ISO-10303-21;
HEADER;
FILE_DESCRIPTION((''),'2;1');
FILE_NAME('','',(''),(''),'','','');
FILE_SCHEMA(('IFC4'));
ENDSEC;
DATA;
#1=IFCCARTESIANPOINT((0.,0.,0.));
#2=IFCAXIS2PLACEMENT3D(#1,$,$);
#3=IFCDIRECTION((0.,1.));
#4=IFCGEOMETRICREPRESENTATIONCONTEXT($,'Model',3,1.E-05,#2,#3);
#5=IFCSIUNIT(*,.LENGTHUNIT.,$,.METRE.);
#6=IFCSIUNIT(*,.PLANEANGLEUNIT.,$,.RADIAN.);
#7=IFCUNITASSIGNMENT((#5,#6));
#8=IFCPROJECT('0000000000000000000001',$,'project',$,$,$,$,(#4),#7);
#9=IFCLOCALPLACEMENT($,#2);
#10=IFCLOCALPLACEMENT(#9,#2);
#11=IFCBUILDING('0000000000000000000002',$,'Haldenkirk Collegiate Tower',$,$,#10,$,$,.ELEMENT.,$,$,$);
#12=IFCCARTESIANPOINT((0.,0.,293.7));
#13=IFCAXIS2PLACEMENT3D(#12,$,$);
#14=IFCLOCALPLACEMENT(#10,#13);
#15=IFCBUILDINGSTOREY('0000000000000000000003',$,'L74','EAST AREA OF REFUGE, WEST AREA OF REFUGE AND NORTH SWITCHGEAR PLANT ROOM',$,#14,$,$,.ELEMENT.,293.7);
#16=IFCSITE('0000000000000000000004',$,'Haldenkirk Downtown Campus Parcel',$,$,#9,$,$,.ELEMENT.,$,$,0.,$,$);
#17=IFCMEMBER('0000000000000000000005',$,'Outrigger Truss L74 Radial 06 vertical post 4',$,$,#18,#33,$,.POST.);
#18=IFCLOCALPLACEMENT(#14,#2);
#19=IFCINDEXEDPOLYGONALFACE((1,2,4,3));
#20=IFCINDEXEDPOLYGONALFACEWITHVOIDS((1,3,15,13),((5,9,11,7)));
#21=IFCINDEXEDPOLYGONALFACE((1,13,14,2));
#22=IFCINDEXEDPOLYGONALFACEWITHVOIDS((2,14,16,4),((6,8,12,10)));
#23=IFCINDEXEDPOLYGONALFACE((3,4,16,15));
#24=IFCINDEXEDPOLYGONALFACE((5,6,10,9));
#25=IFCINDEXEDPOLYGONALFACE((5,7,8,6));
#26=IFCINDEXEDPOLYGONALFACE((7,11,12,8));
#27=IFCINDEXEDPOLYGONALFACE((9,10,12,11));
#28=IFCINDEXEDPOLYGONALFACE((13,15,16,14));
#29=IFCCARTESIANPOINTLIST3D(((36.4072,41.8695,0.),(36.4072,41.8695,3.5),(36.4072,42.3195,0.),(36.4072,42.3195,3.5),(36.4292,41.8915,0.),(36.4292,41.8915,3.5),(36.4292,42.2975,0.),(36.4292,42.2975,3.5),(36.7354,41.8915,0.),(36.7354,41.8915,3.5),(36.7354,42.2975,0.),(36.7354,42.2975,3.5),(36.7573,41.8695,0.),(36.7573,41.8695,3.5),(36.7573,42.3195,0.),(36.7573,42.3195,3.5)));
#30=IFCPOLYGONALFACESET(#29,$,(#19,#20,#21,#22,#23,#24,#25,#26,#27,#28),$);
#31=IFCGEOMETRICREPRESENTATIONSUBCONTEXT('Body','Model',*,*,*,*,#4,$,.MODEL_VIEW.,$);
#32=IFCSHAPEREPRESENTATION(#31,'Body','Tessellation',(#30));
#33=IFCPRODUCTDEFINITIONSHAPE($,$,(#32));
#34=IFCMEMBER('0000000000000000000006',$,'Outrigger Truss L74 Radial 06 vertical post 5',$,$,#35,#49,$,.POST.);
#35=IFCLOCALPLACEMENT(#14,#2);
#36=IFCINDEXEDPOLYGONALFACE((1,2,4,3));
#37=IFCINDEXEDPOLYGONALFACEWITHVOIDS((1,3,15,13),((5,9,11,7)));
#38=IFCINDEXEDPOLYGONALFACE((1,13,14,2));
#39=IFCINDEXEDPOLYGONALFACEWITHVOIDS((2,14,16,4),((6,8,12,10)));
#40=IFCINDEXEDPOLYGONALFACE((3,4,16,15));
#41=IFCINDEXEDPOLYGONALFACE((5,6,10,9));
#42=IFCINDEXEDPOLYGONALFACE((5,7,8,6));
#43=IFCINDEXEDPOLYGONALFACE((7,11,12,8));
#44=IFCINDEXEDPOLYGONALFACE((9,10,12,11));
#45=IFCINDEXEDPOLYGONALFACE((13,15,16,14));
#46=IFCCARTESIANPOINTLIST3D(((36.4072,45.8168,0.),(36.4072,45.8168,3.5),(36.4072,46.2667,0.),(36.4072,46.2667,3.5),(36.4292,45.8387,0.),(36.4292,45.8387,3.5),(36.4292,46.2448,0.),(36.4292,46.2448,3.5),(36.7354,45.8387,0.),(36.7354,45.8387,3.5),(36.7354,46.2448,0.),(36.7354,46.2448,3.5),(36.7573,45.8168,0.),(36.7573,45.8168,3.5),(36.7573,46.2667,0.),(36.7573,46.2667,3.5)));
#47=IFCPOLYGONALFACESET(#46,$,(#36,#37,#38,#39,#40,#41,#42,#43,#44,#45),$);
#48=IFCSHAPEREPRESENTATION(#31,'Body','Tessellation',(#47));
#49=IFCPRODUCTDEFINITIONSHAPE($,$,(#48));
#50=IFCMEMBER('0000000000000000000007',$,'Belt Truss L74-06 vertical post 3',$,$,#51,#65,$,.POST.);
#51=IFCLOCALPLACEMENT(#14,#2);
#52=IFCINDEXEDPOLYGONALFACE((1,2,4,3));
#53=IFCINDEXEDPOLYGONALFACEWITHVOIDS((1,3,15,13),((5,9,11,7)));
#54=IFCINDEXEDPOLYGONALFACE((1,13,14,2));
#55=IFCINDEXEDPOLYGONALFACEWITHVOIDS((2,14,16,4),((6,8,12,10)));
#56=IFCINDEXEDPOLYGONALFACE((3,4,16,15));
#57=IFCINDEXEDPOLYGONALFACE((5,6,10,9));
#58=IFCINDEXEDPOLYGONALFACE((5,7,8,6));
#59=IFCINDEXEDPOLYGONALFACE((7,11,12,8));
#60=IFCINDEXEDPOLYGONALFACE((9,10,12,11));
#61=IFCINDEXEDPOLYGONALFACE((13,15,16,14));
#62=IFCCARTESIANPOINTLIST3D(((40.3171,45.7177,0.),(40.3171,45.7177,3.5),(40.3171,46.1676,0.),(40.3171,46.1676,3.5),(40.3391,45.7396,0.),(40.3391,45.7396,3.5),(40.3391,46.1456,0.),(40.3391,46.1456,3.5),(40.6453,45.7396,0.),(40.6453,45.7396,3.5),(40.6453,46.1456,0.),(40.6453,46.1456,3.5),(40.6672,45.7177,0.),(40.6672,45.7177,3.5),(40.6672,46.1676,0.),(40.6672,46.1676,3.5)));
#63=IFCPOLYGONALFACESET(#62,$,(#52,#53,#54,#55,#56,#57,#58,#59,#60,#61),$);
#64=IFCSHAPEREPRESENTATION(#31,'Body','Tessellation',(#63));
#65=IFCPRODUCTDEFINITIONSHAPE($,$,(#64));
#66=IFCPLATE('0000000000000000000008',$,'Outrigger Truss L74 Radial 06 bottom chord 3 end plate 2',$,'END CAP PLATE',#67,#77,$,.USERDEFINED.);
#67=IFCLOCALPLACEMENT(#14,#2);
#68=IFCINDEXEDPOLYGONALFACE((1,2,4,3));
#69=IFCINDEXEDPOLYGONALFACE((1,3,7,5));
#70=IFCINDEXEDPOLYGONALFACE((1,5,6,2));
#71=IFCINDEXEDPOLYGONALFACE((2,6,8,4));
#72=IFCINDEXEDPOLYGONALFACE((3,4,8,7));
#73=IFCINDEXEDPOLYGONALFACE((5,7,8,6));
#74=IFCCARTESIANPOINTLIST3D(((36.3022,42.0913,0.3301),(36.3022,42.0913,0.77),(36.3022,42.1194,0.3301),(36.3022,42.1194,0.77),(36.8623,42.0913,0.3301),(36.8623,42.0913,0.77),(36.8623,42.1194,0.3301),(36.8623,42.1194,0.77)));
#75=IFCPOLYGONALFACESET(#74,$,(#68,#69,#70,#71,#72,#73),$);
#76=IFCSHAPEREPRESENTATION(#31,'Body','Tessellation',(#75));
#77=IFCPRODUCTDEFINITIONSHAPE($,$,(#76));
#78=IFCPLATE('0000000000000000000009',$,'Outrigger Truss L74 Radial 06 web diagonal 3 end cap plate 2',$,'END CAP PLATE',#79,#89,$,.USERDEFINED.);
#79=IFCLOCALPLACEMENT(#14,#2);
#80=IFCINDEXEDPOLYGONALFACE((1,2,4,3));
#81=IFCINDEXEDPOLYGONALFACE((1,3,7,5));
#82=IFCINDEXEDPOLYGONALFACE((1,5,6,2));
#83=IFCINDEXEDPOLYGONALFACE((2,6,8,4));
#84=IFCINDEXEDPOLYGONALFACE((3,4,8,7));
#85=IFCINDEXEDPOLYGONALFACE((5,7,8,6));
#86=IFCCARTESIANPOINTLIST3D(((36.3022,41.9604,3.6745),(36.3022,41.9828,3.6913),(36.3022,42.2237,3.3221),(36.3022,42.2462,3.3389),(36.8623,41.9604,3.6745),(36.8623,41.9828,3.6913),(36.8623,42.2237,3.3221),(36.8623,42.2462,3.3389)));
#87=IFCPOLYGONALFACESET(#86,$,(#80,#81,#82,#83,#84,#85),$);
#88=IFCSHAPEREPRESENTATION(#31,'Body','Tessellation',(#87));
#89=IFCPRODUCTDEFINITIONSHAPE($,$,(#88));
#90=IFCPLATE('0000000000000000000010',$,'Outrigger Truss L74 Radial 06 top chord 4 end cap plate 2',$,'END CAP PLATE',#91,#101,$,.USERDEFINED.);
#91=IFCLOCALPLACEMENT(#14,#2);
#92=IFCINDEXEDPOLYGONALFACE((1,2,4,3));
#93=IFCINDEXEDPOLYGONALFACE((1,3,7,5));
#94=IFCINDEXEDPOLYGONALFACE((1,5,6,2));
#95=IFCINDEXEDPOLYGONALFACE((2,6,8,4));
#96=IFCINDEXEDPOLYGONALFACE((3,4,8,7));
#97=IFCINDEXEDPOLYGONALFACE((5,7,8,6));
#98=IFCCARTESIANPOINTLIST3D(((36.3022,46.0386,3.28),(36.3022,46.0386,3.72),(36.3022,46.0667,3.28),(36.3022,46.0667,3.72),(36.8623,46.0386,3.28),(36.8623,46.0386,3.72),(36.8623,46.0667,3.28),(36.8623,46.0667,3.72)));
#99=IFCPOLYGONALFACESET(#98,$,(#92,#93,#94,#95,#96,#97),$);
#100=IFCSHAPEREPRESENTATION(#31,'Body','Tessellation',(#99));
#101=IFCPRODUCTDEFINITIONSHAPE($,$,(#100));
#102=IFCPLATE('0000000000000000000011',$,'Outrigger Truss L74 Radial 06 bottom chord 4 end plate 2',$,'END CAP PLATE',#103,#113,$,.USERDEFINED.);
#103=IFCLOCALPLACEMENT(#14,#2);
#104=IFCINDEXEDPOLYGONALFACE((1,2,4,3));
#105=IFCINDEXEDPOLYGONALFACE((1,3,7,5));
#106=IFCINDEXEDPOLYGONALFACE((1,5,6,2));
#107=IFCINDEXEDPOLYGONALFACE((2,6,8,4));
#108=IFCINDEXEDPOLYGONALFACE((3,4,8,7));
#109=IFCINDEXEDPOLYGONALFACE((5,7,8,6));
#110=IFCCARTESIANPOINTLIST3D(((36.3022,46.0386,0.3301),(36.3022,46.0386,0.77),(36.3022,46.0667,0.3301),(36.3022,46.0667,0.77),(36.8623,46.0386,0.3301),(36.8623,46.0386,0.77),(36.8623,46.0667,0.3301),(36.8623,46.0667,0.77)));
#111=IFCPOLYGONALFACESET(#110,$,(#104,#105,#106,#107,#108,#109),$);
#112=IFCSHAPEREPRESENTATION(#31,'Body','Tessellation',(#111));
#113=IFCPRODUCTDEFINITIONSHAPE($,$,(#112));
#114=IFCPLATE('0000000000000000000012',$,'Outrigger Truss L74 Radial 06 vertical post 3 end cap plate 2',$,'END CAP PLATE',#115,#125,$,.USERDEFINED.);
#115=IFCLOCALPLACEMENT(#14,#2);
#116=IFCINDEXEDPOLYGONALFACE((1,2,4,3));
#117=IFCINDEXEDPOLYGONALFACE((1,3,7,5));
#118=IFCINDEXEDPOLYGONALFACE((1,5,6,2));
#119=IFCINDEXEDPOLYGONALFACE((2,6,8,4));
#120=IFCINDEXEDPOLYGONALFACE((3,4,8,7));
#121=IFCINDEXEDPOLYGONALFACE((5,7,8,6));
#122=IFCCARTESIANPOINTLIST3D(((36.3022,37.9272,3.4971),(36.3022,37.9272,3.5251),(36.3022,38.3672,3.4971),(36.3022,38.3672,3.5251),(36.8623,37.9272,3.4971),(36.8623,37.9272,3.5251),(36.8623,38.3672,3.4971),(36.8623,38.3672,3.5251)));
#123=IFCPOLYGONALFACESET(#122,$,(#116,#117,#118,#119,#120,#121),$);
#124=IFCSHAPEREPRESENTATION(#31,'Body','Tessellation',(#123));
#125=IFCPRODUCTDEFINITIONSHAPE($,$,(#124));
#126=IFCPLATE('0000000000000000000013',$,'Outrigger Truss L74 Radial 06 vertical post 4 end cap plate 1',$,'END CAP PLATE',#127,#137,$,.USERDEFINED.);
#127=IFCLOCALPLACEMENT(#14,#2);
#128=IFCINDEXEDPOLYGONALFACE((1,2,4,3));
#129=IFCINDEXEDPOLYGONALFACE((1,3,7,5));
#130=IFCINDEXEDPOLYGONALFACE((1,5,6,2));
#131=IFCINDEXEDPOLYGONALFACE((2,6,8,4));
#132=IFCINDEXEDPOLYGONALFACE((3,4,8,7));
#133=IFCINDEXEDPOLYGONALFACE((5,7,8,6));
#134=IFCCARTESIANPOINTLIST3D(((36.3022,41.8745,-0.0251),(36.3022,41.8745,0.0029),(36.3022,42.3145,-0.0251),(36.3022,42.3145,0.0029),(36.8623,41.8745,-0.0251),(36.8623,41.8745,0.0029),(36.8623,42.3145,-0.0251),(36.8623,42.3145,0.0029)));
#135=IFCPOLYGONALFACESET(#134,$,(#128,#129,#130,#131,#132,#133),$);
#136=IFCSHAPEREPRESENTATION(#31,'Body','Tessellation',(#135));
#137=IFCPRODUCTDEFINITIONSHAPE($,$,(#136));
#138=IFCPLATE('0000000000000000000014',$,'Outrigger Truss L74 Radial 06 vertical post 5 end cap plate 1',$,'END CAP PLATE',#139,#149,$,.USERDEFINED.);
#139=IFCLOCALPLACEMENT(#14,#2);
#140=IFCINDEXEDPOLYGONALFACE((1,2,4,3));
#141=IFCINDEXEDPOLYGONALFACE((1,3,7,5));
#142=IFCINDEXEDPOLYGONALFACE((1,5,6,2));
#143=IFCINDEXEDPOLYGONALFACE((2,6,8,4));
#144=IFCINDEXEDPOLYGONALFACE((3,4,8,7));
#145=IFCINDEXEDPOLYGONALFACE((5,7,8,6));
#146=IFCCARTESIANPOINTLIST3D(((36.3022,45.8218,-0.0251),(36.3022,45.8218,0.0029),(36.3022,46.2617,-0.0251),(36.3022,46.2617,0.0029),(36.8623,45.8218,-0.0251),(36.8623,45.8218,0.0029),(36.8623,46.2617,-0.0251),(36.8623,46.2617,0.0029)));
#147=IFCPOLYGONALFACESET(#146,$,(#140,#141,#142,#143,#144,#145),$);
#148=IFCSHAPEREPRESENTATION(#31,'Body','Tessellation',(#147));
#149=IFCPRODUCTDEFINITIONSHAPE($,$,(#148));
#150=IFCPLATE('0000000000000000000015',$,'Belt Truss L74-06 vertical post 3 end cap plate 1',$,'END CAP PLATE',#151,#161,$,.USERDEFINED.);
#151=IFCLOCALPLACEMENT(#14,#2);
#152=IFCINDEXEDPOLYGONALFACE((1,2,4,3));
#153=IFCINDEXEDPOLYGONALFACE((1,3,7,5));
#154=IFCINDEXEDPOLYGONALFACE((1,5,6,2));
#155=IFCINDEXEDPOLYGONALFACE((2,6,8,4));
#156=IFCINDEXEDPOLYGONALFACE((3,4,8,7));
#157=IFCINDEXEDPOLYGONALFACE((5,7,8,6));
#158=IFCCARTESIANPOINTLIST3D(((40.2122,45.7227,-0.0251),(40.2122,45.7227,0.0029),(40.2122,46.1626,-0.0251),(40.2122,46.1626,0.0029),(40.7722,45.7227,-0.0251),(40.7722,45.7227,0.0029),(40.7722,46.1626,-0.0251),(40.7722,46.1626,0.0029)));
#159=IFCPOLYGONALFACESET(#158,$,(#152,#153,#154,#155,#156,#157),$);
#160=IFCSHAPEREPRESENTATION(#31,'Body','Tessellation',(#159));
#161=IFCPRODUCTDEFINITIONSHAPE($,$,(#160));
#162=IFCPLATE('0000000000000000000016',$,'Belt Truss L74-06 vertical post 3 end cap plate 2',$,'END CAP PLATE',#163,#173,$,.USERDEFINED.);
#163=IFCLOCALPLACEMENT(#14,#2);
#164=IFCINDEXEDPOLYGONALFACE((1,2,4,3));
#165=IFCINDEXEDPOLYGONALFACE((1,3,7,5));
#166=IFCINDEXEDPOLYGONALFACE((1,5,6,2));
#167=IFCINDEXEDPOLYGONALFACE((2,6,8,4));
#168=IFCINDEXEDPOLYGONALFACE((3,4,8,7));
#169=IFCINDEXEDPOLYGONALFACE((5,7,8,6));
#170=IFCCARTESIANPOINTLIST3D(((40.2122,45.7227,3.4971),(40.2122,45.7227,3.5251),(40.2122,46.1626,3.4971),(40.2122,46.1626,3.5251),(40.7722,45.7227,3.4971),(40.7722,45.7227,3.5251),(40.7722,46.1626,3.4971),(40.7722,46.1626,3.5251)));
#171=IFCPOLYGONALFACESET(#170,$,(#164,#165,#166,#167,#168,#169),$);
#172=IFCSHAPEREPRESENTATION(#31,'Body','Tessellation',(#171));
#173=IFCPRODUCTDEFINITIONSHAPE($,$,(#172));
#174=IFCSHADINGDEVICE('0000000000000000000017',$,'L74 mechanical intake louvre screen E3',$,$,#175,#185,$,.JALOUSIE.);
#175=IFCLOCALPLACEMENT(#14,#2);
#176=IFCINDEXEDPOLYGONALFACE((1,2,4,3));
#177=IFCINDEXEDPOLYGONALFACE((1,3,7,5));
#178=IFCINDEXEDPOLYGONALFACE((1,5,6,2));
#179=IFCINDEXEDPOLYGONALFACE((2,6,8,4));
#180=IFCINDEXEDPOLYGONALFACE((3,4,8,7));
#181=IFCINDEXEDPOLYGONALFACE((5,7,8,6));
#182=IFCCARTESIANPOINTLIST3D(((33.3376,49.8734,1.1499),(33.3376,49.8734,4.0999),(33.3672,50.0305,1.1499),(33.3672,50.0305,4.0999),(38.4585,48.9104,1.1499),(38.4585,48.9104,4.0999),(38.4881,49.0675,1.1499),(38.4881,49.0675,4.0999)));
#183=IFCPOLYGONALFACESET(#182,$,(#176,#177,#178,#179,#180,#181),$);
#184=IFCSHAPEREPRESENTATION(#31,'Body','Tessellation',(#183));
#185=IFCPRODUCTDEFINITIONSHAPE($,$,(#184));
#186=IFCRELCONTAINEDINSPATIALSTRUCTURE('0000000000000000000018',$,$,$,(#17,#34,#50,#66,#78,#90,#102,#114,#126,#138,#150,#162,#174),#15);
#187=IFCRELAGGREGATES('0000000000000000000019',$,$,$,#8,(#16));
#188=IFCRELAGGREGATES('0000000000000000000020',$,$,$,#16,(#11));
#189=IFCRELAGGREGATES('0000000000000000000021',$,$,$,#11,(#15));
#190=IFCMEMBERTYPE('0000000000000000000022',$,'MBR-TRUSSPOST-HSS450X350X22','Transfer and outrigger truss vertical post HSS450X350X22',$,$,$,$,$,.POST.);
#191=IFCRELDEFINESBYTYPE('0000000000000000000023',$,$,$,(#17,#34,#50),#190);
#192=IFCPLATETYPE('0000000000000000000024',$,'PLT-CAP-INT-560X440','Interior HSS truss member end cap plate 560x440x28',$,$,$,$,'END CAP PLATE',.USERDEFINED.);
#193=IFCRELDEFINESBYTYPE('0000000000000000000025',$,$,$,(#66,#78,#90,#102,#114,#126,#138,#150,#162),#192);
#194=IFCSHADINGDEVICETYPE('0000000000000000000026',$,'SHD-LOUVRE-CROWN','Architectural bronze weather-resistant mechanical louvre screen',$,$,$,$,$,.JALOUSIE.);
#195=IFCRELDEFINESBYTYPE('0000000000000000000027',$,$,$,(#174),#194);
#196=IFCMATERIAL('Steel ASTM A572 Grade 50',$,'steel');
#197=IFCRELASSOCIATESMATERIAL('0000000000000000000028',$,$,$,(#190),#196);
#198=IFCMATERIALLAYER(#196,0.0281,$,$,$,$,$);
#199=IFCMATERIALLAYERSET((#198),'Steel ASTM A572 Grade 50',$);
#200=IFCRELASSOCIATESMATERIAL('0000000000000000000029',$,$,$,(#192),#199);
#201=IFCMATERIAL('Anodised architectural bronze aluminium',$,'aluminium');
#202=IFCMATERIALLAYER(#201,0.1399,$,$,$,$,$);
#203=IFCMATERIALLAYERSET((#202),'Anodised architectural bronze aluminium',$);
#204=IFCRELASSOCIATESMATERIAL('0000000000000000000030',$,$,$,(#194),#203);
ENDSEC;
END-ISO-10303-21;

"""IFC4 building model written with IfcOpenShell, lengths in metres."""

from ifc_helpers import new_model, si_unit, direction, frame, origin, origin_2d, place, context, subcontext, project, spatial, rectangle, hollow_rectangle, extrude, source, transform, mapped, material, layer, layer_set, material_profile, profile_set, type_object, element, save


model = new_model("IFC4")

# Units and contexts
model_context = context("Model", 3, precision=1e-05, world=origin(), true_north=direction((0.0, 1.0)))
body_context = subcontext(model_context, "Body", "Model", "MODEL_VIEW")
ifc_project = project(units=[si_unit("LENGTHUNIT", "METRE"), si_unit("PLANEANGLEUNIT", "RADIAN")], contexts=[model_context])

# Site, building, storey
site_placement = place(None, origin())
site = spatial("IfcSite", under=ifc_project, at=site_placement, Name="Haldenkirk Downtown Campus Parcel", CompositionType="ELEMENT", RefElevation=0.0)
building_placement = place(site_placement, origin())
building = spatial("IfcBuilding", under=site, at=building_placement, Name="Haldenkirk Collegiate Tower", CompositionType="ELEMENT")
storey_placement = place(building_placement, frame((0.0, 0.0, 293.7)))
storey = spatial("IfcBuildingStorey", under=building, at=storey_placement, Name="L74", Description="EAST AREA OF REFUGE, WEST AREA OF REFUGE AND NORTH SWITCHGEAR PLANT ROOM", CompositionType="ELEMENT", Elevation=293.7)

# Members
ifc_material_1 = material(Name="Steel ASTM A572 Grade 50", Category="steel")
ifc_material_profile_1 = material_profile(ifc_material_1, hollow_rectangle(XDim=0.3501, YDim=0.45, WallThickness=0.022, at=origin_2d()), Name="HSS450X350X22")
ifc_profile_set_1 = profile_set([ifc_material_profile_1], Name="Steel ASTM A572 Grade 50")
member_type_1 = type_object("IfcMemberType", Name="MBR-TRUSSPOST-HSS450X350X22", Description="Transfer and outrigger truss vertical post HSS450X350X22", PredefinedType="POST", material=ifc_profile_set_1)
for number, where, z_axis, x_axis, name in (
    (1, (36.5823, 42.0945, 0.0), (0.0, 0.0, 1.0), (1.0, 0.0, 0.0), "Outrigger Truss L74 Radial 06 vertical post 4"),
    (2, (36.5823, 46.0417, 0.0), (0.0, 0.0, 1.0), (1.0, 0.0, 0.0), "Outrigger Truss L74 Radial 06 vertical post 5"),
    (3, (40.4922, 45.9426, 0.0), (0.0, 0.0, 1.0), (1.0, 0.0, 0.0), "Belt Truss L74-06 vertical post 3"),
):
    element("IfcMember", number, at=place(storey_placement, frame(where, z_axis=z_axis, x_axis=x_axis)), inside=storey, type_object=member_type_1, Name=name, PredefinedType="POST", context=body_context, shape_type="SweptSolid", body=[
        extrude(hollow_rectangle(XDim=0.3501, YDim=0.45, WallThickness=0.022, at=origin_2d()), origin(), (0.0, 0.0, 1.0), 3.5),
    ])

# Plates
ifc_layer_1 = layer(ifc_material_1, 0.0281)
ifc_layer_set_1 = layer_set([ifc_layer_1], Name="Steel ASTM A572 Grade 50")
plate_type = type_object("IfcPlateType", Name="PLT-CAP-INT-560X440", Description="Interior HSS truss member end cap plate 560x440x28", ElementType="END CAP PLATE", PredefinedType="USERDEFINED", material=ifc_layer_set_1)
shared_shape_1 = source(origin(), body_context, "Body", "SweptSolid", [
    extrude(rectangle(XDim=0.5601, YDim=0.4399, at=origin_2d()), origin(), (0.0, 0.0, 1.0), 0.0281),
])
for number, where, z_axis, x_axis, name in (
    (4, (36.5823, 42.0913, 0.55), (0.0, 1.0, 0.0), (-1.0, 0.0, 0.0), "Outrigger Truss L74 Radial 06 bottom chord 3 end plate 2"),
    (5, (36.5823, 42.092, 3.4983), (0.0, 0.801019, 0.598639), (-1.0, 0.0, 0.0), "Outrigger Truss L74 Radial 06 web diagonal 3 end cap plate 2"),
    (6, (36.5823, 46.0386, 3.5), (0.0, 1.0, 0.0), (-1.0, 0.0, 0.0), "Outrigger Truss L74 Radial 06 top chord 4 end cap plate 2"),
    (7, (36.5823, 46.0386, 0.55), (0.0, 1.0, 0.0), (-1.0, 0.0, 0.0), "Outrigger Truss L74 Radial 06 bottom chord 4 end plate 2"),
    (8, (36.5823, 38.1472, 3.4971), (0.0, 0.0, 1.0), (1.0, 0.0, 0.0), "Outrigger Truss L74 Radial 06 vertical post 3 end cap plate 2"),
    (9, (36.5823, 42.0945, 0.0029), (0.0, 0.0, -1.0), (1.0, 0.0, 0.0), "Outrigger Truss L74 Radial 06 vertical post 4 end cap plate 1"),
    (10, (36.5823, 46.0417, 0.0029), (0.0, 0.0, -1.0), (1.0, 0.0, 0.0), "Outrigger Truss L74 Radial 06 vertical post 5 end cap plate 1"),
    (11, (40.4922, 45.9426, 0.0029), (0.0, 0.0, -1.0), (1.0, 0.0, 0.0), "Belt Truss L74-06 vertical post 3 end cap plate 1"),
    (12, (40.4922, 45.9426, 3.4971), (0.0, 0.0, 1.0), (1.0, 0.0, 0.0), "Belt Truss L74-06 vertical post 3 end cap plate 2"),
):
    element("IfcPlate", number, at=place(storey_placement, frame(where, z_axis=z_axis, x_axis=x_axis)), inside=storey, type_object=plate_type, Name=name, ObjectType="END CAP PLATE", PredefinedType="USERDEFINED", context=body_context, shape_type="MappedRepresentation", body=[
        mapped(shared_shape_1, transform((0.0, 0.0, 0.0), x_axis=(1.0, 0.0, 0.0), y_axis=(0.0, 1.0, 0.0), z_axis=(0.0, 0.0, 1.0), scale=1.0)),
    ])

# Shading device
ifc_material_2 = material(Name="Anodised architectural bronze aluminium", Category="aluminium")
ifc_layer_2 = layer(ifc_material_2, 0.1399)
ifc_layer_set_2 = layer_set([ifc_layer_2], Name="Anodised architectural bronze aluminium")
shading_device_type = type_object("IfcShadingDeviceType", Name="SHD-LOUVRE-CROWN", Description="Architectural bronze weather-resistant mechanical louvre screen", PredefinedType="JALOUSIE", material=ifc_layer_set_2)
shared_shape_2 = source(origin(), body_context, "Body", "SweptSolid", [
    extrude(rectangle(XDim=5.2107, YDim=0.1599, at=origin_2d()), origin(), (0.0, 0.0, 1.0), 2.95),
])
shading_device_placement = place(storey_placement, frame((35.9128, 49.4705, 1.1499), z_axis=(0.0, 0.0, 1.0), x_axis=(0.982774, -0.184809, 0.0)))
element("IfcShadingDevice", 13, at=shading_device_placement, inside=storey, type_object=shading_device_type, Name="L74 mechanical intake louvre screen E3", PredefinedType="JALOUSIE", context=body_context, shape_type="MappedRepresentation", body=[
    mapped(shared_shape_2, transform((0.0, 0.0, 0.0), x_axis=(1.0, 0.0, 0.0), y_axis=(0.0, 1.0, 0.0), z_axis=(0.0, 0.0, 1.0), scale=1.0)),
])

save(model, "model.ifc")
